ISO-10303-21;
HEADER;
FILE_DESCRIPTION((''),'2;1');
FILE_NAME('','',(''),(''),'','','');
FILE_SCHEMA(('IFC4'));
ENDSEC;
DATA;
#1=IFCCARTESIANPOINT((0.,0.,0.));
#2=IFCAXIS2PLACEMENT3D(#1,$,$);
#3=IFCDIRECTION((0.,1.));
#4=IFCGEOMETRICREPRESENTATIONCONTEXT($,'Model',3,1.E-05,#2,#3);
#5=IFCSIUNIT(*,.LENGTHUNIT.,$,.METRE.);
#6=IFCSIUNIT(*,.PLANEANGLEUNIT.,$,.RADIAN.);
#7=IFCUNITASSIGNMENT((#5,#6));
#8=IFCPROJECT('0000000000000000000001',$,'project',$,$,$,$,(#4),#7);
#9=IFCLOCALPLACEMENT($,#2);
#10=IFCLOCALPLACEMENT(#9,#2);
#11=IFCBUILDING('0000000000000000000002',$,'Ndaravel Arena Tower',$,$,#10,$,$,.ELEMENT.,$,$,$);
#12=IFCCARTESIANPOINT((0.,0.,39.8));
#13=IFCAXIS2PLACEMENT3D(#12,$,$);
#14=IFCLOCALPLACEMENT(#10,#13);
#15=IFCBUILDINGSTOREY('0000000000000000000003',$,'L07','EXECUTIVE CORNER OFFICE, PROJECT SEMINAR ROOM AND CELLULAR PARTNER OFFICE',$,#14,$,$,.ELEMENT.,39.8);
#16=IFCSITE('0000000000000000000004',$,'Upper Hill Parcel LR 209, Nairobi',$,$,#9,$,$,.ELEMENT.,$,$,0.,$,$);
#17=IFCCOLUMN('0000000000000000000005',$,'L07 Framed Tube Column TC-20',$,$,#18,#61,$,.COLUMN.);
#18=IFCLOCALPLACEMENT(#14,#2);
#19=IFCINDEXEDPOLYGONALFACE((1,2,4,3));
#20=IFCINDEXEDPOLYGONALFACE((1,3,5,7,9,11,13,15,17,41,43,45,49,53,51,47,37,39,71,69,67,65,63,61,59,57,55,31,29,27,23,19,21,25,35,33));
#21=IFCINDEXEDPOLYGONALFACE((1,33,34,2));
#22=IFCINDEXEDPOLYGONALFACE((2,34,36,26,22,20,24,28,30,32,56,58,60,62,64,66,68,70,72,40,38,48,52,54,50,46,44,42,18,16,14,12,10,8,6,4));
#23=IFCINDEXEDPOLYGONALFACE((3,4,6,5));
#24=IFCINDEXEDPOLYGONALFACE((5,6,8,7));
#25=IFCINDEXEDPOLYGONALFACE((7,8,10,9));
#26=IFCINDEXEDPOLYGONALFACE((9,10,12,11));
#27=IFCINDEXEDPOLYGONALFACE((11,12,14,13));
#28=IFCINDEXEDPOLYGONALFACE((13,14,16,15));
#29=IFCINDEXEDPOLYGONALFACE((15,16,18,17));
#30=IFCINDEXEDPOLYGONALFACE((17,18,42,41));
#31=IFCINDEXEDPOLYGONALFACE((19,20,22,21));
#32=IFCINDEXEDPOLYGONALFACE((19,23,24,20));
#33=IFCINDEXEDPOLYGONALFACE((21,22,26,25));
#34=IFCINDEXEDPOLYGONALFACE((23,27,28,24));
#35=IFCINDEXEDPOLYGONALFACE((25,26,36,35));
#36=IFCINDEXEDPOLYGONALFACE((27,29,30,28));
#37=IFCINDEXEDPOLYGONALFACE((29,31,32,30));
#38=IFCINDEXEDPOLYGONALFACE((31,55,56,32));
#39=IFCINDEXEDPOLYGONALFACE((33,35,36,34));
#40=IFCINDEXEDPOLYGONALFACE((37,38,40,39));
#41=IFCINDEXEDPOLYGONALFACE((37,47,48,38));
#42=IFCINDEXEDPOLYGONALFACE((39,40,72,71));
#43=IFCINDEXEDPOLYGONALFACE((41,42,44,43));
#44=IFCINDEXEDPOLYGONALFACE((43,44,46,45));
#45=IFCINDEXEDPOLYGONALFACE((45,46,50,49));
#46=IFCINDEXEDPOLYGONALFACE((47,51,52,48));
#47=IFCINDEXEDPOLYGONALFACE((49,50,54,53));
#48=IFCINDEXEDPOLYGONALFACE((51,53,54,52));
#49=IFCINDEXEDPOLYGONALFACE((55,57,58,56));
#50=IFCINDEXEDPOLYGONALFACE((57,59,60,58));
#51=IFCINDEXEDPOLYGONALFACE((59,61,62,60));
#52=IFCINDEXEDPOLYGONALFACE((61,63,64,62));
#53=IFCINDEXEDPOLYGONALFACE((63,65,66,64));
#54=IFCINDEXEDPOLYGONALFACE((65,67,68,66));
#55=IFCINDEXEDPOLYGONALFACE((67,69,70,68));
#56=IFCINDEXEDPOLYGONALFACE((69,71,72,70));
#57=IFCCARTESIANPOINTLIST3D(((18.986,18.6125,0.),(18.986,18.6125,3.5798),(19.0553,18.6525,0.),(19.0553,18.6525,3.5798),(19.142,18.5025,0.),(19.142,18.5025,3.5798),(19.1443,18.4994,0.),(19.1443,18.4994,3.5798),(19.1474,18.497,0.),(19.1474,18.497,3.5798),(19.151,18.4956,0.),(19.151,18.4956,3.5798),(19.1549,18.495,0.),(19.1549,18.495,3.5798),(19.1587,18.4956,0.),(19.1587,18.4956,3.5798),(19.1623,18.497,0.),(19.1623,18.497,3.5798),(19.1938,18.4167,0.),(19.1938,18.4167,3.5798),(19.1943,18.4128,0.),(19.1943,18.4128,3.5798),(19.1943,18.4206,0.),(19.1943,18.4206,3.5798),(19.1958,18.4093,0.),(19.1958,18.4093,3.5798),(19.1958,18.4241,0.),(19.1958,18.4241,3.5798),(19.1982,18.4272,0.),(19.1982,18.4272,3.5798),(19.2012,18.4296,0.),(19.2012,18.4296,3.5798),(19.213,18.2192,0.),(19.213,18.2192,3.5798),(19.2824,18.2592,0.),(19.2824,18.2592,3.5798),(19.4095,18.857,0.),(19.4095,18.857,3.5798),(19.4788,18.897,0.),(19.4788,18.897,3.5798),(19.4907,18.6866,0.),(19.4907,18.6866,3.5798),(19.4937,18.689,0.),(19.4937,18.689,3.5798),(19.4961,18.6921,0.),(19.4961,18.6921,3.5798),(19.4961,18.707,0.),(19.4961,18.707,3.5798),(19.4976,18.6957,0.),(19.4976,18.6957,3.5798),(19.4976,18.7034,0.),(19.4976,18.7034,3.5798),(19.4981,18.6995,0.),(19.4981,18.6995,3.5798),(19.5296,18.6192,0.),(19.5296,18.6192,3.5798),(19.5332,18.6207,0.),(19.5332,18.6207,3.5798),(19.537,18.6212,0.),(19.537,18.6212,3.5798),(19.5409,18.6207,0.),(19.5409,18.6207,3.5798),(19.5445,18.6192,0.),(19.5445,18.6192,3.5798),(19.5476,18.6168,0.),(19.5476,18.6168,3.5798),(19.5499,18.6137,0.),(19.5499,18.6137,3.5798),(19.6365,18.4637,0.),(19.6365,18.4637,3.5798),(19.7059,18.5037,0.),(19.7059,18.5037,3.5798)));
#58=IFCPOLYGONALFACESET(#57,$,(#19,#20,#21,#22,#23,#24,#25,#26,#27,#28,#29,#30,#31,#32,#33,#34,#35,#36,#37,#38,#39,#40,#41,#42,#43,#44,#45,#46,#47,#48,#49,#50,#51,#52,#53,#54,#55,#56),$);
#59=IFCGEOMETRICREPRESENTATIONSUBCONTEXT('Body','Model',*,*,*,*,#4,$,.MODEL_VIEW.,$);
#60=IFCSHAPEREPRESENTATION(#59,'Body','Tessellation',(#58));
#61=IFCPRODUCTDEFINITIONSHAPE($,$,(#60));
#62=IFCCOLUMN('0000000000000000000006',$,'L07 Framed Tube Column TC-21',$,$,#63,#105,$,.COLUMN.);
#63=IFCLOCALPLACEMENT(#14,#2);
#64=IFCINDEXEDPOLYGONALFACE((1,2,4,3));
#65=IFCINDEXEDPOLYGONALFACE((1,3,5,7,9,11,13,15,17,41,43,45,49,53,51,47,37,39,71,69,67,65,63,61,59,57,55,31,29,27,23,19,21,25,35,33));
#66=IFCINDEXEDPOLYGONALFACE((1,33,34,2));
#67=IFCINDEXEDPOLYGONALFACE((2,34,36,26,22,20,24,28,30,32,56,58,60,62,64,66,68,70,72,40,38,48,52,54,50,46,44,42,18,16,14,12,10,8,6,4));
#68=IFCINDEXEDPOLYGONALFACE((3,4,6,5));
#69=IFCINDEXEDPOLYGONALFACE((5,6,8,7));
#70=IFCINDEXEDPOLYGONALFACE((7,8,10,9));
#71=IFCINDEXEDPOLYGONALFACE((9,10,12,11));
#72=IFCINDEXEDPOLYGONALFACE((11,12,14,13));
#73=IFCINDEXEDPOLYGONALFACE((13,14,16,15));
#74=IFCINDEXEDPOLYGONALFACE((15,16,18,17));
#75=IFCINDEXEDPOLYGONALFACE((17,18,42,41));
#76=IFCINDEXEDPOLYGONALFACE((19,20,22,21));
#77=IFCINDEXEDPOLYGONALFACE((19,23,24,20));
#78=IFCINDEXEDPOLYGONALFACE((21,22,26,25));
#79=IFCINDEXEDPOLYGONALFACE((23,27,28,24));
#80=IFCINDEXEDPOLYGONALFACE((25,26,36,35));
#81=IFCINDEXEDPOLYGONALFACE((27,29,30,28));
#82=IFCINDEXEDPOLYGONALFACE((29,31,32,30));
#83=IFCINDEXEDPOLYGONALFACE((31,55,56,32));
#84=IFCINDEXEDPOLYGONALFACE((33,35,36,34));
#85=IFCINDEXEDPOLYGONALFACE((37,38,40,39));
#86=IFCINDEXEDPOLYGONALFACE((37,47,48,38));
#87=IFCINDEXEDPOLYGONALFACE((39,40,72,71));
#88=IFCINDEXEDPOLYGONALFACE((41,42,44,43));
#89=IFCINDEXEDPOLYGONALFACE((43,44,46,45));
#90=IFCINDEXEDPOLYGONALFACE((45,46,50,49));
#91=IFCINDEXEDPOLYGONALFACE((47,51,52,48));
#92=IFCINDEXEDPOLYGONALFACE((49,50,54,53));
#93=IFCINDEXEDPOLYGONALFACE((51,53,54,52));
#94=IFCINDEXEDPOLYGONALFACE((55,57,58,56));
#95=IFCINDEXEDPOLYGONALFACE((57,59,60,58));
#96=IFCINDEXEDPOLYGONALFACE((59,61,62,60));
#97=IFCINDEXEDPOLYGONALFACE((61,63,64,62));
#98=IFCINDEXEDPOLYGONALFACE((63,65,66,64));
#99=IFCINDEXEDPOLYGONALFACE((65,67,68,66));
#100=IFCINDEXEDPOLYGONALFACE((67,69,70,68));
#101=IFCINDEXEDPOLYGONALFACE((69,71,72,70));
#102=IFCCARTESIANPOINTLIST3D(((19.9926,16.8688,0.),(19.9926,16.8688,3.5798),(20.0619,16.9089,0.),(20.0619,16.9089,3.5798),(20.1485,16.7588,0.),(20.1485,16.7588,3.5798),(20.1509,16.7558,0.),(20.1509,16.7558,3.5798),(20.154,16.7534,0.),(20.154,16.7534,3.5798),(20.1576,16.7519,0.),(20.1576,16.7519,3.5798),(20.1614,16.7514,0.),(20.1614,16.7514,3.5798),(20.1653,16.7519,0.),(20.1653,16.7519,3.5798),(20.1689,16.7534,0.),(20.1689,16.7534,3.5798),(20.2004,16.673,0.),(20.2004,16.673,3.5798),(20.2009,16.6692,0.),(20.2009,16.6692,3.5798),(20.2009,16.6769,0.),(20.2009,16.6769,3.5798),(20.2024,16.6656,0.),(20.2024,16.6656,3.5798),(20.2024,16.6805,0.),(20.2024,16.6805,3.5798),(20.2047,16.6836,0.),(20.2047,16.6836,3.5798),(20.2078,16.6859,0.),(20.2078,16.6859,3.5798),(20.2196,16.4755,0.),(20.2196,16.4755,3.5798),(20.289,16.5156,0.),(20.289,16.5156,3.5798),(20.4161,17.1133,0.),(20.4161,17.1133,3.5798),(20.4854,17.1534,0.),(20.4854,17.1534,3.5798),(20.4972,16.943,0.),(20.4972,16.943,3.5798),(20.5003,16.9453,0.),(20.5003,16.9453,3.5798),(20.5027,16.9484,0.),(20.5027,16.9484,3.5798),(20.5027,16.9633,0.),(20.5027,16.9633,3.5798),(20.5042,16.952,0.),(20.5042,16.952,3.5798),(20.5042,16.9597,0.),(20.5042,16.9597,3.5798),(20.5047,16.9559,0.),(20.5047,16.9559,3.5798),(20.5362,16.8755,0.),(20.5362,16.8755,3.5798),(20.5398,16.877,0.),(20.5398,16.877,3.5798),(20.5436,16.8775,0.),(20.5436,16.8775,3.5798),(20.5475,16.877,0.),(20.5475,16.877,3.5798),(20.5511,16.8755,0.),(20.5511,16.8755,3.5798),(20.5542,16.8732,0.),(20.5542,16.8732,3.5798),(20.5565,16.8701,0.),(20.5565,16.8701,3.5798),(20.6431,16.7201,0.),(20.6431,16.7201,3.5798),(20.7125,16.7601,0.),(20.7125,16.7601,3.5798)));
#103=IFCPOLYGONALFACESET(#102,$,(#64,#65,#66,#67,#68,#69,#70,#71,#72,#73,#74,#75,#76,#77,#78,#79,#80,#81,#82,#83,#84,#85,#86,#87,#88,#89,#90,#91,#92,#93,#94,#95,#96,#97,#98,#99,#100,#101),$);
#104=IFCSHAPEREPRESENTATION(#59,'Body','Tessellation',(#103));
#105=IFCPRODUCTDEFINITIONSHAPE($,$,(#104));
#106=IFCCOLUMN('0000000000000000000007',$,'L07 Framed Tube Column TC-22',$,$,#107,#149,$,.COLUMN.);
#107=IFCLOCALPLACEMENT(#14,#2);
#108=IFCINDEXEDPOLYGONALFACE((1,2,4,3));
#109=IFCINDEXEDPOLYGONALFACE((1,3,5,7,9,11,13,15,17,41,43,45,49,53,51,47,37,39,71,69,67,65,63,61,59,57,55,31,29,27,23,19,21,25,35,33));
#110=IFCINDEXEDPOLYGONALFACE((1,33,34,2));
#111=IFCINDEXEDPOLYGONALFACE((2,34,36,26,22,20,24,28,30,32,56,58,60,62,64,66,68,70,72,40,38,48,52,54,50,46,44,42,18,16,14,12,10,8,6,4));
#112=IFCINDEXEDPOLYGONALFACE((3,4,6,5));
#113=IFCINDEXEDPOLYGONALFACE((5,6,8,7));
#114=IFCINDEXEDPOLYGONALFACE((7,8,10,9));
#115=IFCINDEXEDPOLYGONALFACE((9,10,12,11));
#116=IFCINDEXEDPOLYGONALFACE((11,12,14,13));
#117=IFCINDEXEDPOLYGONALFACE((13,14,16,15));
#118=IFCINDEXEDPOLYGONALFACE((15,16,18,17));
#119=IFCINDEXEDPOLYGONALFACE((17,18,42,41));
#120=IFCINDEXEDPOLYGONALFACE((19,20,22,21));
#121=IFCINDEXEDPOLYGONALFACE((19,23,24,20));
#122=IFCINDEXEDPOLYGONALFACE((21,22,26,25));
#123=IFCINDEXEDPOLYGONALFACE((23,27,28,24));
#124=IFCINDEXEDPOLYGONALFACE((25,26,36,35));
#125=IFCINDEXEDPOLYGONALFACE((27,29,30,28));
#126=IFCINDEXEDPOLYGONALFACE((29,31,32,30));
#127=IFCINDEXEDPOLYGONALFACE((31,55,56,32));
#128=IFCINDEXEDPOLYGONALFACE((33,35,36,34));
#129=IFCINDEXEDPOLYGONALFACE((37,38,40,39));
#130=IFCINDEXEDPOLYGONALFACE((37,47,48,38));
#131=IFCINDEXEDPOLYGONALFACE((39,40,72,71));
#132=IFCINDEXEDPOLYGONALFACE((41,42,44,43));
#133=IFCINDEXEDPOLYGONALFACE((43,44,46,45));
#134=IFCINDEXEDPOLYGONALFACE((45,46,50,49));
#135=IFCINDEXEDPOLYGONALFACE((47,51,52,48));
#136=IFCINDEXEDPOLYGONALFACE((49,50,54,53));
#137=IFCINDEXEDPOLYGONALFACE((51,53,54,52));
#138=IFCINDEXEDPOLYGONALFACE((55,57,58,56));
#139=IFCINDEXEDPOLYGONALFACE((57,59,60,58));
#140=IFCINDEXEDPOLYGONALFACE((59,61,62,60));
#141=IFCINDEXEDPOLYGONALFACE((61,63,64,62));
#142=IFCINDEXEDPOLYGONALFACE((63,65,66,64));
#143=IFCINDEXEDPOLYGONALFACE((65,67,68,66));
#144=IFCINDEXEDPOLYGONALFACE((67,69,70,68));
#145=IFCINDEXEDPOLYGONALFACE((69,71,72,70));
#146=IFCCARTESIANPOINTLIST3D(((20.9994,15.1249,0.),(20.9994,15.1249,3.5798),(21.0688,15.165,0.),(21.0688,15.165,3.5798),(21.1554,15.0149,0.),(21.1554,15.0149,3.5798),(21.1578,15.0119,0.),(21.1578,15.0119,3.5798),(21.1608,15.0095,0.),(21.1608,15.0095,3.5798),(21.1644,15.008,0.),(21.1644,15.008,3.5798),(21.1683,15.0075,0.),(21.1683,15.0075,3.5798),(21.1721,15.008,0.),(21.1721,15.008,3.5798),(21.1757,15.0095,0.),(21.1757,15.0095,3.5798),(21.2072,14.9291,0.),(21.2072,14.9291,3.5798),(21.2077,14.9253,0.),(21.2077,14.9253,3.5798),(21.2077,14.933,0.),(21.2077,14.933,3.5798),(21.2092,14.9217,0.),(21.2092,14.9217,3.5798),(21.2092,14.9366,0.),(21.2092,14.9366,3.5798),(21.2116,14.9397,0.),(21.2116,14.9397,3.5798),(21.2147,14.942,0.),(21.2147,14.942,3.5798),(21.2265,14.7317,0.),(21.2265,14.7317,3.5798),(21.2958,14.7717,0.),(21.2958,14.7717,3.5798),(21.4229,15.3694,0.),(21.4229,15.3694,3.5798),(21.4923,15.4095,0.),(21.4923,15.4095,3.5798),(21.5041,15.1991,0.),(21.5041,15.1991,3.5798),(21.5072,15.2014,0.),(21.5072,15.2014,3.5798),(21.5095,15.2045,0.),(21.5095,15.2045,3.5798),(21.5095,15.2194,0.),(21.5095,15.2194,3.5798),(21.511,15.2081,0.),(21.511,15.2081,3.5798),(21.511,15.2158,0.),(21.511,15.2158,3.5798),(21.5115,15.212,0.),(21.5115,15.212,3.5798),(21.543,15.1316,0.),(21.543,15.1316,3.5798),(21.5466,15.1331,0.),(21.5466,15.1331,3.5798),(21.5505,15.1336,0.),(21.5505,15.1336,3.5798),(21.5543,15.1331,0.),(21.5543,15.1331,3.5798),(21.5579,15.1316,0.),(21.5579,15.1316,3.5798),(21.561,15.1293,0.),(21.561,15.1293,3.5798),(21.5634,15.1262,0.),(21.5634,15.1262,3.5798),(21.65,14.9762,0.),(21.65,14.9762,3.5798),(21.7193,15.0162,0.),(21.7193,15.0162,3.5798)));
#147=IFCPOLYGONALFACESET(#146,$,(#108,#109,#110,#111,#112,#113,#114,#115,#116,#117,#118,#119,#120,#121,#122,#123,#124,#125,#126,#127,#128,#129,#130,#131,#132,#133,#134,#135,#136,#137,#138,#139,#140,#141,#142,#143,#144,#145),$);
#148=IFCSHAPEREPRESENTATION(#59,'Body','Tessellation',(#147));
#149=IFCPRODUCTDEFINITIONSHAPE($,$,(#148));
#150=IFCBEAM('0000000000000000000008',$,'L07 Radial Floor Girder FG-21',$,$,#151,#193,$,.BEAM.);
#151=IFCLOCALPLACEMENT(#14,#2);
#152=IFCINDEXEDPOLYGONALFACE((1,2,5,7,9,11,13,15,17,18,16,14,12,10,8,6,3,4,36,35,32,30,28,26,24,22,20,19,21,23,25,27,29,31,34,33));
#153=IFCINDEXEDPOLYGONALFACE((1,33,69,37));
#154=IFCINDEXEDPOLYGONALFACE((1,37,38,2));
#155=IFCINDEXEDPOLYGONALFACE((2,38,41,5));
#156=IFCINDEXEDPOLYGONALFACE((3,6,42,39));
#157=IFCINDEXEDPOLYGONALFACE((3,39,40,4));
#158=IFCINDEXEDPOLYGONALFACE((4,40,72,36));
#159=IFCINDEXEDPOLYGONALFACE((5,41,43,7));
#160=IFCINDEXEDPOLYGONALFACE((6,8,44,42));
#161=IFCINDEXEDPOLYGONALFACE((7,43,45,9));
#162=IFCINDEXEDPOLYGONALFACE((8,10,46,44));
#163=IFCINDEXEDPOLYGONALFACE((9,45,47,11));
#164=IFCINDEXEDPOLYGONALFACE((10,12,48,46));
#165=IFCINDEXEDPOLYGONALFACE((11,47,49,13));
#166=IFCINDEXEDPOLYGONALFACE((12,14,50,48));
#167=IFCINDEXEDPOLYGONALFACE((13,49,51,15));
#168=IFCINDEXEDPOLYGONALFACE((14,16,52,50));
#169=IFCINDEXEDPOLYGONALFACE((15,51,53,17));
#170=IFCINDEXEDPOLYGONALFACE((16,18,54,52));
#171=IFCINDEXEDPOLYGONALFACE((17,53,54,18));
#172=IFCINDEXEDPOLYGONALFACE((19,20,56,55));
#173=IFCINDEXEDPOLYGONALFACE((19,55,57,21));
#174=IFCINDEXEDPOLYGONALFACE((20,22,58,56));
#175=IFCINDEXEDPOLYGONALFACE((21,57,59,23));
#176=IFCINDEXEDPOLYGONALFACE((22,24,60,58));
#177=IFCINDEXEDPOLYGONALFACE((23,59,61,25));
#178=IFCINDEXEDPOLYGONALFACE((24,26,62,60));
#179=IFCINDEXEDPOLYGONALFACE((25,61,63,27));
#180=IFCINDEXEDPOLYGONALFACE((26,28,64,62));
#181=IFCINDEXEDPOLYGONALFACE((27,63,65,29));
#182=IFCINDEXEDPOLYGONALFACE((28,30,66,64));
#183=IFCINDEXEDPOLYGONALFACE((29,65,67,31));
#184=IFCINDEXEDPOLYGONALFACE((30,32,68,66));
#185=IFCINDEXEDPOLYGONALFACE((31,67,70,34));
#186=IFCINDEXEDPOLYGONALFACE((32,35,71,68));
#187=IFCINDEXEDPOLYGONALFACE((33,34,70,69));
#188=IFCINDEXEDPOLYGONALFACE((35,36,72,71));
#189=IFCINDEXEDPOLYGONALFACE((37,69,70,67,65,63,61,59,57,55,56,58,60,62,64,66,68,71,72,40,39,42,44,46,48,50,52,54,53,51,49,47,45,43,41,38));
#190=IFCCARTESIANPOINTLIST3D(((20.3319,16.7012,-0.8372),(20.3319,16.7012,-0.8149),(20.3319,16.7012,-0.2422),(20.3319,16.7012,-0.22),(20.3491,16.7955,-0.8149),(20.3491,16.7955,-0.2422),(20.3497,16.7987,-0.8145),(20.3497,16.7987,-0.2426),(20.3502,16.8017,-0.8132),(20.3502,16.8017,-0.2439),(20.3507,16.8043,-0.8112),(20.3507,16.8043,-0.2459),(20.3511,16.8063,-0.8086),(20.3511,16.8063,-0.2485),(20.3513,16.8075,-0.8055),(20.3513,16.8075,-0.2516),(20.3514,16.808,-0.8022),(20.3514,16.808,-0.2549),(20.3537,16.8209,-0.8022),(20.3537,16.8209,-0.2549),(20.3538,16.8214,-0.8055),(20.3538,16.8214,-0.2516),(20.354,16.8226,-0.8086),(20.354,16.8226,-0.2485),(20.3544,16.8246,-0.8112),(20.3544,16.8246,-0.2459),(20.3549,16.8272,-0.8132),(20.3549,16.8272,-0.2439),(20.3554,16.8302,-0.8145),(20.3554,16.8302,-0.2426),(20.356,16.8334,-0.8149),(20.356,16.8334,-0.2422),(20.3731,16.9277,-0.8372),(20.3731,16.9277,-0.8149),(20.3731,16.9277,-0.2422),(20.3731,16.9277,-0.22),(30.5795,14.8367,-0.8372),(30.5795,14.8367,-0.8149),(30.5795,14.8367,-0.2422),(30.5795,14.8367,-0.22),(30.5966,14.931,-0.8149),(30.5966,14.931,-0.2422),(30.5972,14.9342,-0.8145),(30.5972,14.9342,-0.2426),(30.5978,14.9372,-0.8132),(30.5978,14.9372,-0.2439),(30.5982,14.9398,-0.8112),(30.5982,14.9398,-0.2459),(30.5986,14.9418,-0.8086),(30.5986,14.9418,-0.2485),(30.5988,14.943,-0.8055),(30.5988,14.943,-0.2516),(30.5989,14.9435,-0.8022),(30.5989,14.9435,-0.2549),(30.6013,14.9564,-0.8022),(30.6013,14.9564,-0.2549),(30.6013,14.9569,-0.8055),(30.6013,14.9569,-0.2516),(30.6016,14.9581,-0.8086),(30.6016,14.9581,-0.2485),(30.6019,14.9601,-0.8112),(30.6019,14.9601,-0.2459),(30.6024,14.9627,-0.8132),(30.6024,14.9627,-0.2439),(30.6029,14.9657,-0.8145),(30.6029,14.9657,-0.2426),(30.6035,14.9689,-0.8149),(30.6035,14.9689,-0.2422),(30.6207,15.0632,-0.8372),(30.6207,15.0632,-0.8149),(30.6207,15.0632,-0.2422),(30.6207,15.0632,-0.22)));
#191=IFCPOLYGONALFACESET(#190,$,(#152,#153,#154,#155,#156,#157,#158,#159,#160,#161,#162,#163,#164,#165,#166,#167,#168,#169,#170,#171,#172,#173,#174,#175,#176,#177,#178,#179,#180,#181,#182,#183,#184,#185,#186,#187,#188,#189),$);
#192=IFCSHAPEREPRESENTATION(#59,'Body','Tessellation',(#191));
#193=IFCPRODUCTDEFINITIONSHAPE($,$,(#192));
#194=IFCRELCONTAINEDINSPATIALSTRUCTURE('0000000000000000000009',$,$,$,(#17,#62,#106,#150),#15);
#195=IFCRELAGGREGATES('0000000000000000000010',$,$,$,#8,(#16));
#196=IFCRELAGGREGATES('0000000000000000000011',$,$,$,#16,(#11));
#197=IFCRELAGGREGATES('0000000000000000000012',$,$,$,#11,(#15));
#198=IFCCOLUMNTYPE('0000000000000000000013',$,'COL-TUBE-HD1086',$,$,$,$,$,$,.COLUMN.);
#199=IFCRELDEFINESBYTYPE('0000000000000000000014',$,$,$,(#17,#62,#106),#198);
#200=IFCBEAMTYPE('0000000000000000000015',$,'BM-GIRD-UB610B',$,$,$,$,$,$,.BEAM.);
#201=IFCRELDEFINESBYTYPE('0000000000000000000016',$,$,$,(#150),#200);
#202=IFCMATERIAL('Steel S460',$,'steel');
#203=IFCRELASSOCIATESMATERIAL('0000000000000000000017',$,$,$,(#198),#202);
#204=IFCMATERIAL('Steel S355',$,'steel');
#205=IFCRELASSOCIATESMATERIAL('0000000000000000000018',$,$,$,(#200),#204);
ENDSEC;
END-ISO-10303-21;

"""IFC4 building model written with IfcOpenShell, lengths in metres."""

from ifc_helpers import new_model, si_unit, direction, frame, origin, origin_2d, place, context, subcontext, project, spatial, i_section, extrude, material, material_profile, profile_set, type_object, element, save


model = new_model("IFC4")

# Units and contexts
model_context = context("Model", 3, precision=1e-05, world=origin(), true_north=direction((0.0, 1.0)))
body_context = subcontext(model_context, "Body", "Model", "MODEL_VIEW")
ifc_project = project(units=[si_unit("LENGTHUNIT", "METRE"), si_unit("PLANEANGLEUNIT", "RADIAN")], contexts=[model_context])

# Site, building, storey
site_placement = place(None, origin())
site = spatial("IfcSite", under=ifc_project, at=site_placement, Name="Upper Hill Parcel LR 209, Nairobi", CompositionType="ELEMENT", RefElevation=0.0)
building_placement = place(site_placement, origin())
building = spatial("IfcBuilding", under=site, at=building_placement, Name="Ndaravel Arena Tower", CompositionType="ELEMENT")
storey_placement = place(building_placement, frame((0.0, 0.0, 39.8)))
storey = spatial("IfcBuildingStorey", under=building, at=storey_placement, Name="L07", Description="EXECUTIVE CORNER OFFICE, PROJECT SEMINAR ROOM AND CELLULAR PARTNER OFFICE", CompositionType="ELEMENT", Elevation=39.8)

# Columns
ifc_material_1 = material(Name="Steel S460", Category="steel")
ifc_material_profile_1 = material_profile(ifc_material_1, i_section(OverallWidth=0.4541, OverallDepth=0.5691, WebThickness=0.0779, FlangeThickness=0.0801, FilletRadius=0.0149, at=origin_2d()), Name="HD 400x1086")
ifc_profile_set_1 = profile_set([ifc_material_profile_1], Name="Steel S460")
column_type = type_object("IfcColumnType", Name="COL-TUBE-HD1086", PredefinedType="COLUMN", material=ifc_profile_set_1)
for number, where, z_axis, x_axis, name in (
    (1, (19.3459, 18.5581, 0.0), (0.0, 0.0, 1.0), (-0.5, 0.866025, 0.0), "L07 Framed Tube Column TC-20"),
    (2, (20.3525, 16.8145, 0.0), (0.0, 0.0, 1.0), (-0.5, 0.866025, 0.0), "L07 Framed Tube Column TC-21"),
    (3, (21.3594, 15.0706, 0.0), (0.0, 0.0, 1.0), (-0.5, 0.866025, 0.0), "L07 Framed Tube Column TC-22"),
):
    element("IfcColumn", number, at=place(storey_placement, frame(where, z_axis=z_axis, x_axis=x_axis)), inside=storey, type_object=column_type, Name=name, PredefinedType="COLUMN", context=body_context, shape_type="SweptSolid", body=[
        extrude(i_section(OverallWidth=0.4541, OverallDepth=0.5691, WebThickness=0.0779, FlangeThickness=0.0801, FilletRadius=0.0149, at=origin_2d()), origin(), (0.0, 0.0, 1.0), 3.5798),
    ])

# Beam
ifc_material_2 = material(Name="Steel S355", Category="steel")
ifc_material_profile_2 = material_profile(ifc_material_2, i_section(OverallWidth=0.2302, OverallDepth=0.6172, WebThickness=0.0132, FlangeThickness=0.0222, FilletRadius=0.0127, at=origin_2d()), Name="UB 610x229x140")
ifc_profile_set_2 = profile_set([ifc_material_profile_2], Name="Steel S355")
beam_type_1 = type_object("IfcBeamType", Name="BM-GIRD-UB610B", PredefinedType="BEAM", material=ifc_profile_set_2)
beam_1_placement = place(storey_placement, frame((20.3525, 16.8145, -0.5286), z_axis=(0.983848, -0.179007, 0.0), x_axis=(0.179007, 0.983848, 0.0)))
element("IfcBeam", 4, at=beam_1_placement, inside=storey, type_object=beam_type_1, Name="L07 Radial Floor Girder FG-21", PredefinedType="BEAM", context=body_context, shape_type="SweptSolid", body=[
    extrude(i_section(OverallWidth=0.2302, OverallDepth=0.6172, WebThickness=0.0132, FlangeThickness=0.0222, FilletRadius=0.0127, at=origin_2d()), origin(), (0.0, 0.0, 1.0), 10.4158),
])

save(model, "model.ifc")
